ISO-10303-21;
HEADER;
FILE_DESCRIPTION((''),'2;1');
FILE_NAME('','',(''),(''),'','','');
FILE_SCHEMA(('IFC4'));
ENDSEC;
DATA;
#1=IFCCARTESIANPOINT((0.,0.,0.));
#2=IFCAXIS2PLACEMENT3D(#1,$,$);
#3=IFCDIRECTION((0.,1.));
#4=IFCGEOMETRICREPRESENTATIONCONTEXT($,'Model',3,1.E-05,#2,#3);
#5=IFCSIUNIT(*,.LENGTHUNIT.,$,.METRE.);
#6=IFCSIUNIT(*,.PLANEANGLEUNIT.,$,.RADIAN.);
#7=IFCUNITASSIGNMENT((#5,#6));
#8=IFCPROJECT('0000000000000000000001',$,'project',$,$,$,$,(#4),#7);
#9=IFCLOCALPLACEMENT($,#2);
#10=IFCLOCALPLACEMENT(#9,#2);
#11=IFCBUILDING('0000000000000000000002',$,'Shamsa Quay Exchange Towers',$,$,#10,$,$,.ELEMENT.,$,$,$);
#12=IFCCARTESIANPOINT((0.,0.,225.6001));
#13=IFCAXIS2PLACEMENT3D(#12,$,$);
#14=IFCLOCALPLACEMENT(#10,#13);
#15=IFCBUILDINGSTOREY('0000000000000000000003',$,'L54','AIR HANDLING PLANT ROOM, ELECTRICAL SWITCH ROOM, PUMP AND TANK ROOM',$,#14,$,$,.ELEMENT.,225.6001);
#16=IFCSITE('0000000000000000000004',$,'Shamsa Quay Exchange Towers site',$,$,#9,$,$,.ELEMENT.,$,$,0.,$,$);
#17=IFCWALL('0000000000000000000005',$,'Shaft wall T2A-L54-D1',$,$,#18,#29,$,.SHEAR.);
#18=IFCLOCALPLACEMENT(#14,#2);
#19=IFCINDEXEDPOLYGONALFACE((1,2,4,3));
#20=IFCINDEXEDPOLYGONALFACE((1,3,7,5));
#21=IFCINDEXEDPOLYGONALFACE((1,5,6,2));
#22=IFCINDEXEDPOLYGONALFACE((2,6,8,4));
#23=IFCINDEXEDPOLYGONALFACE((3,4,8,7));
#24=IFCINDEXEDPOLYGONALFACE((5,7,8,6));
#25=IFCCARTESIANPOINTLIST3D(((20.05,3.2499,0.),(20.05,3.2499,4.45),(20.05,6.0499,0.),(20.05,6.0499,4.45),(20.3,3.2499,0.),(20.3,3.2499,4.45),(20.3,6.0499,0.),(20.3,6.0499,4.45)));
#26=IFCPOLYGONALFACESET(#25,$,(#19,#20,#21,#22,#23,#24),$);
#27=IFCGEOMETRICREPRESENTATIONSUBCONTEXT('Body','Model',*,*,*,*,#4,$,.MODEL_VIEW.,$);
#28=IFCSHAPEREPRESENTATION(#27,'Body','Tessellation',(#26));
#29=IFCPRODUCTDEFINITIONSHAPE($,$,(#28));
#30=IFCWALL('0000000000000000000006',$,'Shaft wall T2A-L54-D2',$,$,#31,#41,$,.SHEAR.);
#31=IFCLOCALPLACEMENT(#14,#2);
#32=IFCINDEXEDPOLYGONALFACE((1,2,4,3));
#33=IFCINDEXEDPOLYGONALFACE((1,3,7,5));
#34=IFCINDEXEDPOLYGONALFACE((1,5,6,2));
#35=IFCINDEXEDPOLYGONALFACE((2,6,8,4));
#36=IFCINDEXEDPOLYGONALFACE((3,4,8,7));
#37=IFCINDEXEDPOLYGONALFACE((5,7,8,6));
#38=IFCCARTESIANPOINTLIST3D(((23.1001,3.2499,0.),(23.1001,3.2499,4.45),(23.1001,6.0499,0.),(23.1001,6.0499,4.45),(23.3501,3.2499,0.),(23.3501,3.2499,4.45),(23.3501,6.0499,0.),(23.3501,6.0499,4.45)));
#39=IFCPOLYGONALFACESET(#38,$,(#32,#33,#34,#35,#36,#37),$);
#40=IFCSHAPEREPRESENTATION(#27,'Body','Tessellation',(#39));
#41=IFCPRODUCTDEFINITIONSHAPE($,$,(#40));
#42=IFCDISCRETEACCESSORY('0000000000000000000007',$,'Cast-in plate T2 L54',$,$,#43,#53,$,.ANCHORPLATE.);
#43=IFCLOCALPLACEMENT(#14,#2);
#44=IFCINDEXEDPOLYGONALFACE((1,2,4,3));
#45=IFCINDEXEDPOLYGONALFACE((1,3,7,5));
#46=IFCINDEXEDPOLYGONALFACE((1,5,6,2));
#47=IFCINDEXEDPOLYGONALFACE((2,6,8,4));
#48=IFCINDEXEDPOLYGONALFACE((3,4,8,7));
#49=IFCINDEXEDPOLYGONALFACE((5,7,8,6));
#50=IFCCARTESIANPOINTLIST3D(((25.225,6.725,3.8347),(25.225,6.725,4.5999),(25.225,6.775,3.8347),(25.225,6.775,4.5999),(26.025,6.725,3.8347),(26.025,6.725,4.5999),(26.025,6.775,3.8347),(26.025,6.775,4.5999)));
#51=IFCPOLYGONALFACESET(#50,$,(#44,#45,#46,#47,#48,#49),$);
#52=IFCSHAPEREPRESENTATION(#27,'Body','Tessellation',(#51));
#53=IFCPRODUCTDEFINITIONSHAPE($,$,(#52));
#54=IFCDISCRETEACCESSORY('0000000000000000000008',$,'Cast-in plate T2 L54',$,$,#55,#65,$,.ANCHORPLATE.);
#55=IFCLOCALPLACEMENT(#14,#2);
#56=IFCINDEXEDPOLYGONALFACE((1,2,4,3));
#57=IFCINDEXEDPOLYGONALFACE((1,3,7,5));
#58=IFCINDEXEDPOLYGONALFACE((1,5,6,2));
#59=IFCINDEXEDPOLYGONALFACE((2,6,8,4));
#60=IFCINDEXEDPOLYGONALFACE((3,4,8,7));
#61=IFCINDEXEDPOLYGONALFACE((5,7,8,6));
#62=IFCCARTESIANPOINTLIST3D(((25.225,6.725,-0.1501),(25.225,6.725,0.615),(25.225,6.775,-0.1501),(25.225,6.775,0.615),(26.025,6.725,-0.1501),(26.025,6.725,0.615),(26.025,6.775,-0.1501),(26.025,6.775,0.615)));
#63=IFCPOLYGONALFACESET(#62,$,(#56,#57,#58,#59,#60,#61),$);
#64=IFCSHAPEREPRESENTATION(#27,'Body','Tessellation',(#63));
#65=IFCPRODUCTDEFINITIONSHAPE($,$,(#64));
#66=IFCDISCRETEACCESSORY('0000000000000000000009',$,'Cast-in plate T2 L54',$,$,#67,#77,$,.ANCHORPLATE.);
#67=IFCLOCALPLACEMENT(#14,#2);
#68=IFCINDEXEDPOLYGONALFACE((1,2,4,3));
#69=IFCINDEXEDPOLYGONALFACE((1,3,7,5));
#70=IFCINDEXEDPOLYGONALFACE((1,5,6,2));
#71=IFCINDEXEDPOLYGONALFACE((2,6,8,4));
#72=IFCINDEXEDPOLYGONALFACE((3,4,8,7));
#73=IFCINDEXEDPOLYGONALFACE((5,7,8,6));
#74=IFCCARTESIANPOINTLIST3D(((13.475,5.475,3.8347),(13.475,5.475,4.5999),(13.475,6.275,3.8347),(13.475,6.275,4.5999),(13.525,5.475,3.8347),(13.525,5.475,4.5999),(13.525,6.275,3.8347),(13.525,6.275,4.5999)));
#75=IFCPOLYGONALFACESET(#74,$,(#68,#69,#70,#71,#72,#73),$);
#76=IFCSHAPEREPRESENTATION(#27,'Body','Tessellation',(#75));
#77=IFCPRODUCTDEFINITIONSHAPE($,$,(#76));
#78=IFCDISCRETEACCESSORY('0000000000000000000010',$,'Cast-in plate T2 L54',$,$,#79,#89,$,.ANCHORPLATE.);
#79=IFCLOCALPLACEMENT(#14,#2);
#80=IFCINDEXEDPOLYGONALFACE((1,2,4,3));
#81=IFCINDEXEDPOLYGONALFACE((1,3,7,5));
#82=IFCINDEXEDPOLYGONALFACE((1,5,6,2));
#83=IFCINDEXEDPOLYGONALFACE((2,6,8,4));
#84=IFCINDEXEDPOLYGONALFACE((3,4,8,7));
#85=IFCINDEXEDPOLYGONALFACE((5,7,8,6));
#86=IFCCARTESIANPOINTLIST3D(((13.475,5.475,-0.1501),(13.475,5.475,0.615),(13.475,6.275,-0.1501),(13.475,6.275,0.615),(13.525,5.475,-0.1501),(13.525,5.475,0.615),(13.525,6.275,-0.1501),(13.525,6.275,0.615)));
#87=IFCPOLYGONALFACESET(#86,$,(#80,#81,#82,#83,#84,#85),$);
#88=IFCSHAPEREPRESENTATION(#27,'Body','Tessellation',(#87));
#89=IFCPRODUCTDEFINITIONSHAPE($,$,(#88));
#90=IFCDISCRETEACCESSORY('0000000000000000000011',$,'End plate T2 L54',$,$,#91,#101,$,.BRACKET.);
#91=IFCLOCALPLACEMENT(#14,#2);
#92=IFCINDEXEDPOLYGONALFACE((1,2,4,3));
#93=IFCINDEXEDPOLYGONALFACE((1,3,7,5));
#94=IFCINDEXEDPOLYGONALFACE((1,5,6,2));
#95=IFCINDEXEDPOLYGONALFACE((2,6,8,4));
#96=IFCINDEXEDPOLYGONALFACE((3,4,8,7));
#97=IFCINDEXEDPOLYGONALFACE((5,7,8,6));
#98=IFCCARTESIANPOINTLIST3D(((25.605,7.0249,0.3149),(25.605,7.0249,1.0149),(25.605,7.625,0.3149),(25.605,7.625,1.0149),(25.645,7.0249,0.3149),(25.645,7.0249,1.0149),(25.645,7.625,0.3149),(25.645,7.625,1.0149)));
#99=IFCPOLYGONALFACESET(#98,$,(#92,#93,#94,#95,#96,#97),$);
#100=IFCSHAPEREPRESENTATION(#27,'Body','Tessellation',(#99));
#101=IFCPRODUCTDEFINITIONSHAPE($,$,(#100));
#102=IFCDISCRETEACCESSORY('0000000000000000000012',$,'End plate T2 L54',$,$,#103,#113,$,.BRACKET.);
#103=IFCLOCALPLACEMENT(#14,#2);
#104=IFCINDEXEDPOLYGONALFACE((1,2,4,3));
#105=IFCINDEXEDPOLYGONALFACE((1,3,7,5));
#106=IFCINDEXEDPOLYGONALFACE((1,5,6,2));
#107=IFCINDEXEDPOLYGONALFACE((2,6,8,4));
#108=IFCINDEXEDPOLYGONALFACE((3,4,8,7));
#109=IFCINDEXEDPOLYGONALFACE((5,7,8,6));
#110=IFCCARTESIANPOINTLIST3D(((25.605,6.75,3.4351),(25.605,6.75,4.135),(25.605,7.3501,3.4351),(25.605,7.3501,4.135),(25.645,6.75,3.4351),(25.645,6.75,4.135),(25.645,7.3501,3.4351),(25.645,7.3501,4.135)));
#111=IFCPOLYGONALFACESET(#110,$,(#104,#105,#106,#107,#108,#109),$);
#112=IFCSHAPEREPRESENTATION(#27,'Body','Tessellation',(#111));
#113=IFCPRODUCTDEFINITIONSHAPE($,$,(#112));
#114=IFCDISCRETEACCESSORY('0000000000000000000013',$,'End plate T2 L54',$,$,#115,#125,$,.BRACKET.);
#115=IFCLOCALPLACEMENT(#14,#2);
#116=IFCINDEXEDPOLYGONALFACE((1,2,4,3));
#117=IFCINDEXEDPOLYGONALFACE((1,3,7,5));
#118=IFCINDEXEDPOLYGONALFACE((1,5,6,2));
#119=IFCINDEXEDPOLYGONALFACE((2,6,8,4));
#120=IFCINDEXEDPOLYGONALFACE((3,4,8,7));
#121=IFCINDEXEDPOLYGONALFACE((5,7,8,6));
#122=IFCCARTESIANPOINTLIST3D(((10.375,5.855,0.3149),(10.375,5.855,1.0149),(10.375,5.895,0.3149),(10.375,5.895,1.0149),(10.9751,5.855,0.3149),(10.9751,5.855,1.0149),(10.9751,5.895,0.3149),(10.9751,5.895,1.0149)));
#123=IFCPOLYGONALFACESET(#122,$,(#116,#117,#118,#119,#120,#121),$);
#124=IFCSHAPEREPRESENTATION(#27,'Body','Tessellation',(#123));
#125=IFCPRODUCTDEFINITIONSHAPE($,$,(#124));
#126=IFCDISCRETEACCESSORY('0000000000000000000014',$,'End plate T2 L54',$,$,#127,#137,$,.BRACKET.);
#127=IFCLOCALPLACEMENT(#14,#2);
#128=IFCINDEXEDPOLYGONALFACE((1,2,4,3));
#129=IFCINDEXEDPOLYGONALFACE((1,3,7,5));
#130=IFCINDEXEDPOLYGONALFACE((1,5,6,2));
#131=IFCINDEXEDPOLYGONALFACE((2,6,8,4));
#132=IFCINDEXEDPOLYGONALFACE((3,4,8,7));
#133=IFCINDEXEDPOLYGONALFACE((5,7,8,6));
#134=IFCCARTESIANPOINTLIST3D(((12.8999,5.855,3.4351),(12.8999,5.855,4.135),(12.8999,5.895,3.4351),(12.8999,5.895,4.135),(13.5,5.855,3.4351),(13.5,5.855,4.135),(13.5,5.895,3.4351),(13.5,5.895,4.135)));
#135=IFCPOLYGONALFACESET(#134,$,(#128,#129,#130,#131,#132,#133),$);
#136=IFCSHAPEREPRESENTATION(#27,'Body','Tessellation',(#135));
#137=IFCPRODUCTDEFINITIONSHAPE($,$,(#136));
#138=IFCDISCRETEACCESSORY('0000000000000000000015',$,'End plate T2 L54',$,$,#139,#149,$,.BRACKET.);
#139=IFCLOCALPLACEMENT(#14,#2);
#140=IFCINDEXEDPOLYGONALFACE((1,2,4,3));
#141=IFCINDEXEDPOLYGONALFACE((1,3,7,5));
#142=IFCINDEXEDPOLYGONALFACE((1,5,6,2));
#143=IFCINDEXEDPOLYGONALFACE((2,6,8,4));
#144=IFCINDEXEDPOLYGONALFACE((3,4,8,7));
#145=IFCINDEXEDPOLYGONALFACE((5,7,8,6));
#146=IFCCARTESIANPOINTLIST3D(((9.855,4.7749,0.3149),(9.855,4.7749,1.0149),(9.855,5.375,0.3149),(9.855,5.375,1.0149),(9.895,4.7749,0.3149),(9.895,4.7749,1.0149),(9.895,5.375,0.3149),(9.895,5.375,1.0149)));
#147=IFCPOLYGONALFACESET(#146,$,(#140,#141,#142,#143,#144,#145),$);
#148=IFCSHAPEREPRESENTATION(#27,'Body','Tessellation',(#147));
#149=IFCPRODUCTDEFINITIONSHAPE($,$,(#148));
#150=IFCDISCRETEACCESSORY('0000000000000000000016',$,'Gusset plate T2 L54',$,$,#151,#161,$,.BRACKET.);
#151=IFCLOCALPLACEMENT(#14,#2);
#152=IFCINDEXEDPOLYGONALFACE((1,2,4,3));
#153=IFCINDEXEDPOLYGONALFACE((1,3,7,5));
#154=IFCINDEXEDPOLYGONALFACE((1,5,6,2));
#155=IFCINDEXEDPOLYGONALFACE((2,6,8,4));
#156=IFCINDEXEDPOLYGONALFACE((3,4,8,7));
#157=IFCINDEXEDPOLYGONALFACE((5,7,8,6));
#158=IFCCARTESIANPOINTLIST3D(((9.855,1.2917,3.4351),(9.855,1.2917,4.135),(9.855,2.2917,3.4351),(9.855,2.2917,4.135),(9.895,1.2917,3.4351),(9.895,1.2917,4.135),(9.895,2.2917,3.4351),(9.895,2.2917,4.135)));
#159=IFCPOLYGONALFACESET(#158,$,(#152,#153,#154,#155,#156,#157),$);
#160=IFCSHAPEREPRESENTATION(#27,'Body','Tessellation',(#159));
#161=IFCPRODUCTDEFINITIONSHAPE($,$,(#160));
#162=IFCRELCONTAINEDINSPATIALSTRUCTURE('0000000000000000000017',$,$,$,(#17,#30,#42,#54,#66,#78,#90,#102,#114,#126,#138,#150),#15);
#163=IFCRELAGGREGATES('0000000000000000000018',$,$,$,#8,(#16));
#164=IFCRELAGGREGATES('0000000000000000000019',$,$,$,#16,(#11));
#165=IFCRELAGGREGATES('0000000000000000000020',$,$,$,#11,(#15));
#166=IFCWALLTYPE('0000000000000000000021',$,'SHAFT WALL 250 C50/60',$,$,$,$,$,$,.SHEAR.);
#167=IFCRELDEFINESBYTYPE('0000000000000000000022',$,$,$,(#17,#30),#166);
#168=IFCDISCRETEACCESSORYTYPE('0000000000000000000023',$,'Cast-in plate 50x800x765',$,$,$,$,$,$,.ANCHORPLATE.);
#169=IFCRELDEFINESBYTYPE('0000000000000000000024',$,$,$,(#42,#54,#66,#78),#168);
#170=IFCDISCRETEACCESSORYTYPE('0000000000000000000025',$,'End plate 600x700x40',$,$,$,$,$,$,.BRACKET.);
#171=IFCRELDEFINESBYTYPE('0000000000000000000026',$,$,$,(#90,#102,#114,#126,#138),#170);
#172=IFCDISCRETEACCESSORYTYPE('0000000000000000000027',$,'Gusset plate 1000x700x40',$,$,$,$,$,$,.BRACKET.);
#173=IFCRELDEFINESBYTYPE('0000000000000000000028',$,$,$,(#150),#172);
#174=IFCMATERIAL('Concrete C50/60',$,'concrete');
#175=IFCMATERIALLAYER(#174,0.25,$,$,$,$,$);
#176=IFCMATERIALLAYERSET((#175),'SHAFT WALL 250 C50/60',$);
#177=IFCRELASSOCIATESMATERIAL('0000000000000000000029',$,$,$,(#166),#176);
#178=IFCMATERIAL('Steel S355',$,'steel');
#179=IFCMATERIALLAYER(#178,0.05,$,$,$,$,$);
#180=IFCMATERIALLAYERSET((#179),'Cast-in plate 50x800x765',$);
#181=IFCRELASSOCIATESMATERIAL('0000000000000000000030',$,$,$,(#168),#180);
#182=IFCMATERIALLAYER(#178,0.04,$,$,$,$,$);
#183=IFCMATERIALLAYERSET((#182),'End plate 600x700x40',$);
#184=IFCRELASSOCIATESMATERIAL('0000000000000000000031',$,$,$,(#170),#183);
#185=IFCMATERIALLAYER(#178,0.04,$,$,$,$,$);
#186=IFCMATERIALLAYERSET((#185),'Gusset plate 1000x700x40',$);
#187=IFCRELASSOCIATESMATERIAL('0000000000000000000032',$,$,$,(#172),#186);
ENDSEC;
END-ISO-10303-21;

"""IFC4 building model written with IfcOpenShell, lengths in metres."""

from ifc_helpers import new_model, si_unit, direction, frame, frame_2d, origin, origin_2d, place, context, subcontext, project, spatial, rectangle, extrude, material, layer, layer_set, type_object, element, save


model = new_model("IFC4")

# Units and contexts
model_context = context("Model", 3, precision=1e-05, world=origin(), true_north=direction((0.0, 1.0)))
body_context = subcontext(model_context, "Body", "Model", "MODEL_VIEW")
ifc_project = project(units=[si_unit("LENGTHUNIT", "METRE"), si_unit("PLANEANGLEUNIT", "RADIAN")], contexts=[model_context])

# Site, building, storey
site_placement = place(None, origin())
site = spatial("IfcSite", under=ifc_project, at=site_placement, Name="Shamsa Quay Exchange Towers site", CompositionType="ELEMENT", RefElevation=0.0)
building_placement = place(site_placement, origin())
building = spatial("IfcBuilding", under=site, at=building_placement, Name="Shamsa Quay Exchange Towers", CompositionType="ELEMENT")
storey_placement = place(building_placement, frame((0.0, 0.0, 225.6001)))
storey = spatial("IfcBuildingStorey", under=building, at=storey_placement, Name="L54", Description="AIR HANDLING PLANT ROOM, ELECTRICAL SWITCH ROOM, PUMP AND TANK ROOM", CompositionType="ELEMENT", Elevation=225.6001)

# Shared definitions
ifc_material_1 = material(Name="Steel S355", Category="steel")

# Shared definitions
ifc_material_2 = material(Name="Concrete C50/60", Category="concrete")
ifc_layer_1 = layer(ifc_material_2, 0.25)
ifc_layer_set_1 = layer_set([ifc_layer_1], Name="SHAFT WALL 250 C50/60")
wall_type_1 = type_object("IfcWallType", Name="SHAFT WALL 250 C50/60", PredefinedType="SHEAR", material=ifc_layer_set_1)

# Walls
for number, where, z_axis, x_axis, name in (
    (1, (20.175, 3.25, 0.0), (0.0, 0.0, 1.0), (0.0, 1.0, 0.0), "Shaft wall T2A-L54-D1"),
    (2, (23.2251, 3.25, 0.0), (0.0, 0.0, 1.0), (0.0, 1.0, 0.0), "Shaft wall T2A-L54-D2"),
):
    element("IfcWall", number, at=place(storey_placement, frame(where, z_axis=z_axis, x_axis=x_axis)), inside=storey, type_object=wall_type_1, Name=name, PredefinedType="SHEAR", context=body_context, shape_type="SweptSolid", body=[
        extrude(rectangle(XDim=2.8, YDim=0.25, at=frame_2d((1.3999, 0.0))), origin(), (0.0, 0.0, 1.0), 4.45),
    ])

# Discrete accessories
ifc_layer_2 = layer(ifc_material_1, 0.05)
ifc_layer_set_2 = layer_set([ifc_layer_2], Name="Cast-in plate 50x800x765")
discrete_accessory_type_1 = type_object("IfcDiscreteAccessoryType", Name="Cast-in plate 50x800x765", PredefinedType="ANCHORPLATE", material=ifc_layer_set_2)
for number, where, z_axis, x_axis, name in (
    (3, (25.625, 6.75, 3.8347), (0.0, 0.0, 1.0), (0.0, -1.0, 0.0), "Cast-in plate T2 L54"),
    (4, (25.625, 6.75, -0.1501), (0.0, 0.0, 1.0), (0.0, -1.0, 0.0), "Cast-in plate T2 L54"),
):
    element("IfcDiscreteAccessory", number, at=place(storey_placement, frame(where, z_axis=z_axis, x_axis=x_axis)), inside=storey, type_object=discrete_accessory_type_1, Name=name, PredefinedType="ANCHORPLATE", context=body_context, shape_type="SweptSolid", body=[
        extrude(rectangle(XDim=0.05, YDim=0.8, at=origin_2d()), origin(), (0.0, 0.0, 1.0), 0.7651),
    ])
for number, where, name in (
    (5, (13.5, 5.875, 3.8347), "Cast-in plate T2 L54"),
    (6, (13.5, 5.875, -0.1501), "Cast-in plate T2 L54"),
):
    element("IfcDiscreteAccessory", number, at=place(storey_placement, frame(where)), inside=storey, type_object=discrete_accessory_type_1, Name=name, PredefinedType="ANCHORPLATE", context=body_context, shape_type="SweptSolid", body=[
        extrude(rectangle(XDim=0.05, YDim=0.8, at=origin_2d()), origin(), (0.0, 0.0, 1.0), 0.7651),
    ])
ifc_layer_3 = layer(ifc_material_1, 0.04)
ifc_layer_set_3 = layer_set([ifc_layer_3], Name="End plate 600x700x40")
discrete_accessory_type_2 = type_object("IfcDiscreteAccessoryType", Name="End plate 600x700x40", PredefinedType="BRACKET", material=ifc_layer_set_3)
for number, where, z_axis, x_axis, name in (
    (7, (25.625, 7.325, 0.3149), (0.0, 0.0, 1.0), (0.0, -1.0, 0.0), "End plate T2 L54"),
    (8, (25.625, 7.05, 3.4351), (0.0, 0.0, 1.0), (0.0, -1.0, 0.0), "End plate T2 L54"),
):
    element("IfcDiscreteAccessory", number, at=place(storey_placement, frame(where, z_axis=z_axis, x_axis=x_axis)), inside=storey, type_object=discrete_accessory_type_2, Name=name, PredefinedType="BRACKET", context=body_context, shape_type="SweptSolid", body=[
        extrude(rectangle(XDim=0.6001, YDim=0.04, at=origin_2d()), origin(), (0.0, 0.0, 1.0), 0.7),
    ])
for number, where, name in (
    (9, (10.675, 5.875, 0.3149), "End plate T2 L54"),
    (10, (13.2, 5.875, 3.4351), "End plate T2 L54"),
):
    element("IfcDiscreteAccessory", number, at=place(storey_placement, frame(where)), inside=storey, type_object=discrete_accessory_type_2, Name=name, PredefinedType="BRACKET", context=body_context, shape_type="SweptSolid", body=[
        extrude(rectangle(XDim=0.6001, YDim=0.04, at=origin_2d()), origin(), (0.0, 0.0, 1.0), 0.7),
    ])
discrete_accessory_1_placement = place(storey_placement, frame((9.875, 5.075, 0.3149), z_axis=(0.0, 0.0, 1.0), x_axis=(0.0, -1.0, 0.0)))
element("IfcDiscreteAccessory", 11, at=discrete_accessory_1_placement, inside=storey, type_object=discrete_accessory_type_2, Name="End plate T2 L54", PredefinedType="BRACKET", context=body_context, shape_type="SweptSolid", body=[
    extrude(rectangle(XDim=0.6001, YDim=0.04, at=origin_2d()), origin(), (0.0, 0.0, 1.0), 0.7),
])
ifc_layer_4 = layer(ifc_material_1, 0.04)
ifc_layer_set_4 = layer_set([ifc_layer_4], Name="Gusset plate 1000x700x40")
discrete_accessory_type_3 = type_object("IfcDiscreteAccessoryType", Name="Gusset plate 1000x700x40", PredefinedType="BRACKET", material=ifc_layer_set_4)
discrete_accessory_2_placement = place(storey_placement, frame((9.875, 1.7917, 3.4351), z_axis=(0.0, 0.0, 1.0), x_axis=(0.0, -1.0, 0.0)))
element("IfcDiscreteAccessory", 12, at=discrete_accessory_2_placement, inside=storey, type_object=discrete_accessory_type_3, Name="Gusset plate T2 L54", PredefinedType="BRACKET", context=body_context, shape_type="SweptSolid", body=[
    extrude(rectangle(XDim=1.0, YDim=0.04, at=origin_2d()), origin(), (0.0, 0.0, 1.0), 0.7),
])

save(model, "model.ifc")
